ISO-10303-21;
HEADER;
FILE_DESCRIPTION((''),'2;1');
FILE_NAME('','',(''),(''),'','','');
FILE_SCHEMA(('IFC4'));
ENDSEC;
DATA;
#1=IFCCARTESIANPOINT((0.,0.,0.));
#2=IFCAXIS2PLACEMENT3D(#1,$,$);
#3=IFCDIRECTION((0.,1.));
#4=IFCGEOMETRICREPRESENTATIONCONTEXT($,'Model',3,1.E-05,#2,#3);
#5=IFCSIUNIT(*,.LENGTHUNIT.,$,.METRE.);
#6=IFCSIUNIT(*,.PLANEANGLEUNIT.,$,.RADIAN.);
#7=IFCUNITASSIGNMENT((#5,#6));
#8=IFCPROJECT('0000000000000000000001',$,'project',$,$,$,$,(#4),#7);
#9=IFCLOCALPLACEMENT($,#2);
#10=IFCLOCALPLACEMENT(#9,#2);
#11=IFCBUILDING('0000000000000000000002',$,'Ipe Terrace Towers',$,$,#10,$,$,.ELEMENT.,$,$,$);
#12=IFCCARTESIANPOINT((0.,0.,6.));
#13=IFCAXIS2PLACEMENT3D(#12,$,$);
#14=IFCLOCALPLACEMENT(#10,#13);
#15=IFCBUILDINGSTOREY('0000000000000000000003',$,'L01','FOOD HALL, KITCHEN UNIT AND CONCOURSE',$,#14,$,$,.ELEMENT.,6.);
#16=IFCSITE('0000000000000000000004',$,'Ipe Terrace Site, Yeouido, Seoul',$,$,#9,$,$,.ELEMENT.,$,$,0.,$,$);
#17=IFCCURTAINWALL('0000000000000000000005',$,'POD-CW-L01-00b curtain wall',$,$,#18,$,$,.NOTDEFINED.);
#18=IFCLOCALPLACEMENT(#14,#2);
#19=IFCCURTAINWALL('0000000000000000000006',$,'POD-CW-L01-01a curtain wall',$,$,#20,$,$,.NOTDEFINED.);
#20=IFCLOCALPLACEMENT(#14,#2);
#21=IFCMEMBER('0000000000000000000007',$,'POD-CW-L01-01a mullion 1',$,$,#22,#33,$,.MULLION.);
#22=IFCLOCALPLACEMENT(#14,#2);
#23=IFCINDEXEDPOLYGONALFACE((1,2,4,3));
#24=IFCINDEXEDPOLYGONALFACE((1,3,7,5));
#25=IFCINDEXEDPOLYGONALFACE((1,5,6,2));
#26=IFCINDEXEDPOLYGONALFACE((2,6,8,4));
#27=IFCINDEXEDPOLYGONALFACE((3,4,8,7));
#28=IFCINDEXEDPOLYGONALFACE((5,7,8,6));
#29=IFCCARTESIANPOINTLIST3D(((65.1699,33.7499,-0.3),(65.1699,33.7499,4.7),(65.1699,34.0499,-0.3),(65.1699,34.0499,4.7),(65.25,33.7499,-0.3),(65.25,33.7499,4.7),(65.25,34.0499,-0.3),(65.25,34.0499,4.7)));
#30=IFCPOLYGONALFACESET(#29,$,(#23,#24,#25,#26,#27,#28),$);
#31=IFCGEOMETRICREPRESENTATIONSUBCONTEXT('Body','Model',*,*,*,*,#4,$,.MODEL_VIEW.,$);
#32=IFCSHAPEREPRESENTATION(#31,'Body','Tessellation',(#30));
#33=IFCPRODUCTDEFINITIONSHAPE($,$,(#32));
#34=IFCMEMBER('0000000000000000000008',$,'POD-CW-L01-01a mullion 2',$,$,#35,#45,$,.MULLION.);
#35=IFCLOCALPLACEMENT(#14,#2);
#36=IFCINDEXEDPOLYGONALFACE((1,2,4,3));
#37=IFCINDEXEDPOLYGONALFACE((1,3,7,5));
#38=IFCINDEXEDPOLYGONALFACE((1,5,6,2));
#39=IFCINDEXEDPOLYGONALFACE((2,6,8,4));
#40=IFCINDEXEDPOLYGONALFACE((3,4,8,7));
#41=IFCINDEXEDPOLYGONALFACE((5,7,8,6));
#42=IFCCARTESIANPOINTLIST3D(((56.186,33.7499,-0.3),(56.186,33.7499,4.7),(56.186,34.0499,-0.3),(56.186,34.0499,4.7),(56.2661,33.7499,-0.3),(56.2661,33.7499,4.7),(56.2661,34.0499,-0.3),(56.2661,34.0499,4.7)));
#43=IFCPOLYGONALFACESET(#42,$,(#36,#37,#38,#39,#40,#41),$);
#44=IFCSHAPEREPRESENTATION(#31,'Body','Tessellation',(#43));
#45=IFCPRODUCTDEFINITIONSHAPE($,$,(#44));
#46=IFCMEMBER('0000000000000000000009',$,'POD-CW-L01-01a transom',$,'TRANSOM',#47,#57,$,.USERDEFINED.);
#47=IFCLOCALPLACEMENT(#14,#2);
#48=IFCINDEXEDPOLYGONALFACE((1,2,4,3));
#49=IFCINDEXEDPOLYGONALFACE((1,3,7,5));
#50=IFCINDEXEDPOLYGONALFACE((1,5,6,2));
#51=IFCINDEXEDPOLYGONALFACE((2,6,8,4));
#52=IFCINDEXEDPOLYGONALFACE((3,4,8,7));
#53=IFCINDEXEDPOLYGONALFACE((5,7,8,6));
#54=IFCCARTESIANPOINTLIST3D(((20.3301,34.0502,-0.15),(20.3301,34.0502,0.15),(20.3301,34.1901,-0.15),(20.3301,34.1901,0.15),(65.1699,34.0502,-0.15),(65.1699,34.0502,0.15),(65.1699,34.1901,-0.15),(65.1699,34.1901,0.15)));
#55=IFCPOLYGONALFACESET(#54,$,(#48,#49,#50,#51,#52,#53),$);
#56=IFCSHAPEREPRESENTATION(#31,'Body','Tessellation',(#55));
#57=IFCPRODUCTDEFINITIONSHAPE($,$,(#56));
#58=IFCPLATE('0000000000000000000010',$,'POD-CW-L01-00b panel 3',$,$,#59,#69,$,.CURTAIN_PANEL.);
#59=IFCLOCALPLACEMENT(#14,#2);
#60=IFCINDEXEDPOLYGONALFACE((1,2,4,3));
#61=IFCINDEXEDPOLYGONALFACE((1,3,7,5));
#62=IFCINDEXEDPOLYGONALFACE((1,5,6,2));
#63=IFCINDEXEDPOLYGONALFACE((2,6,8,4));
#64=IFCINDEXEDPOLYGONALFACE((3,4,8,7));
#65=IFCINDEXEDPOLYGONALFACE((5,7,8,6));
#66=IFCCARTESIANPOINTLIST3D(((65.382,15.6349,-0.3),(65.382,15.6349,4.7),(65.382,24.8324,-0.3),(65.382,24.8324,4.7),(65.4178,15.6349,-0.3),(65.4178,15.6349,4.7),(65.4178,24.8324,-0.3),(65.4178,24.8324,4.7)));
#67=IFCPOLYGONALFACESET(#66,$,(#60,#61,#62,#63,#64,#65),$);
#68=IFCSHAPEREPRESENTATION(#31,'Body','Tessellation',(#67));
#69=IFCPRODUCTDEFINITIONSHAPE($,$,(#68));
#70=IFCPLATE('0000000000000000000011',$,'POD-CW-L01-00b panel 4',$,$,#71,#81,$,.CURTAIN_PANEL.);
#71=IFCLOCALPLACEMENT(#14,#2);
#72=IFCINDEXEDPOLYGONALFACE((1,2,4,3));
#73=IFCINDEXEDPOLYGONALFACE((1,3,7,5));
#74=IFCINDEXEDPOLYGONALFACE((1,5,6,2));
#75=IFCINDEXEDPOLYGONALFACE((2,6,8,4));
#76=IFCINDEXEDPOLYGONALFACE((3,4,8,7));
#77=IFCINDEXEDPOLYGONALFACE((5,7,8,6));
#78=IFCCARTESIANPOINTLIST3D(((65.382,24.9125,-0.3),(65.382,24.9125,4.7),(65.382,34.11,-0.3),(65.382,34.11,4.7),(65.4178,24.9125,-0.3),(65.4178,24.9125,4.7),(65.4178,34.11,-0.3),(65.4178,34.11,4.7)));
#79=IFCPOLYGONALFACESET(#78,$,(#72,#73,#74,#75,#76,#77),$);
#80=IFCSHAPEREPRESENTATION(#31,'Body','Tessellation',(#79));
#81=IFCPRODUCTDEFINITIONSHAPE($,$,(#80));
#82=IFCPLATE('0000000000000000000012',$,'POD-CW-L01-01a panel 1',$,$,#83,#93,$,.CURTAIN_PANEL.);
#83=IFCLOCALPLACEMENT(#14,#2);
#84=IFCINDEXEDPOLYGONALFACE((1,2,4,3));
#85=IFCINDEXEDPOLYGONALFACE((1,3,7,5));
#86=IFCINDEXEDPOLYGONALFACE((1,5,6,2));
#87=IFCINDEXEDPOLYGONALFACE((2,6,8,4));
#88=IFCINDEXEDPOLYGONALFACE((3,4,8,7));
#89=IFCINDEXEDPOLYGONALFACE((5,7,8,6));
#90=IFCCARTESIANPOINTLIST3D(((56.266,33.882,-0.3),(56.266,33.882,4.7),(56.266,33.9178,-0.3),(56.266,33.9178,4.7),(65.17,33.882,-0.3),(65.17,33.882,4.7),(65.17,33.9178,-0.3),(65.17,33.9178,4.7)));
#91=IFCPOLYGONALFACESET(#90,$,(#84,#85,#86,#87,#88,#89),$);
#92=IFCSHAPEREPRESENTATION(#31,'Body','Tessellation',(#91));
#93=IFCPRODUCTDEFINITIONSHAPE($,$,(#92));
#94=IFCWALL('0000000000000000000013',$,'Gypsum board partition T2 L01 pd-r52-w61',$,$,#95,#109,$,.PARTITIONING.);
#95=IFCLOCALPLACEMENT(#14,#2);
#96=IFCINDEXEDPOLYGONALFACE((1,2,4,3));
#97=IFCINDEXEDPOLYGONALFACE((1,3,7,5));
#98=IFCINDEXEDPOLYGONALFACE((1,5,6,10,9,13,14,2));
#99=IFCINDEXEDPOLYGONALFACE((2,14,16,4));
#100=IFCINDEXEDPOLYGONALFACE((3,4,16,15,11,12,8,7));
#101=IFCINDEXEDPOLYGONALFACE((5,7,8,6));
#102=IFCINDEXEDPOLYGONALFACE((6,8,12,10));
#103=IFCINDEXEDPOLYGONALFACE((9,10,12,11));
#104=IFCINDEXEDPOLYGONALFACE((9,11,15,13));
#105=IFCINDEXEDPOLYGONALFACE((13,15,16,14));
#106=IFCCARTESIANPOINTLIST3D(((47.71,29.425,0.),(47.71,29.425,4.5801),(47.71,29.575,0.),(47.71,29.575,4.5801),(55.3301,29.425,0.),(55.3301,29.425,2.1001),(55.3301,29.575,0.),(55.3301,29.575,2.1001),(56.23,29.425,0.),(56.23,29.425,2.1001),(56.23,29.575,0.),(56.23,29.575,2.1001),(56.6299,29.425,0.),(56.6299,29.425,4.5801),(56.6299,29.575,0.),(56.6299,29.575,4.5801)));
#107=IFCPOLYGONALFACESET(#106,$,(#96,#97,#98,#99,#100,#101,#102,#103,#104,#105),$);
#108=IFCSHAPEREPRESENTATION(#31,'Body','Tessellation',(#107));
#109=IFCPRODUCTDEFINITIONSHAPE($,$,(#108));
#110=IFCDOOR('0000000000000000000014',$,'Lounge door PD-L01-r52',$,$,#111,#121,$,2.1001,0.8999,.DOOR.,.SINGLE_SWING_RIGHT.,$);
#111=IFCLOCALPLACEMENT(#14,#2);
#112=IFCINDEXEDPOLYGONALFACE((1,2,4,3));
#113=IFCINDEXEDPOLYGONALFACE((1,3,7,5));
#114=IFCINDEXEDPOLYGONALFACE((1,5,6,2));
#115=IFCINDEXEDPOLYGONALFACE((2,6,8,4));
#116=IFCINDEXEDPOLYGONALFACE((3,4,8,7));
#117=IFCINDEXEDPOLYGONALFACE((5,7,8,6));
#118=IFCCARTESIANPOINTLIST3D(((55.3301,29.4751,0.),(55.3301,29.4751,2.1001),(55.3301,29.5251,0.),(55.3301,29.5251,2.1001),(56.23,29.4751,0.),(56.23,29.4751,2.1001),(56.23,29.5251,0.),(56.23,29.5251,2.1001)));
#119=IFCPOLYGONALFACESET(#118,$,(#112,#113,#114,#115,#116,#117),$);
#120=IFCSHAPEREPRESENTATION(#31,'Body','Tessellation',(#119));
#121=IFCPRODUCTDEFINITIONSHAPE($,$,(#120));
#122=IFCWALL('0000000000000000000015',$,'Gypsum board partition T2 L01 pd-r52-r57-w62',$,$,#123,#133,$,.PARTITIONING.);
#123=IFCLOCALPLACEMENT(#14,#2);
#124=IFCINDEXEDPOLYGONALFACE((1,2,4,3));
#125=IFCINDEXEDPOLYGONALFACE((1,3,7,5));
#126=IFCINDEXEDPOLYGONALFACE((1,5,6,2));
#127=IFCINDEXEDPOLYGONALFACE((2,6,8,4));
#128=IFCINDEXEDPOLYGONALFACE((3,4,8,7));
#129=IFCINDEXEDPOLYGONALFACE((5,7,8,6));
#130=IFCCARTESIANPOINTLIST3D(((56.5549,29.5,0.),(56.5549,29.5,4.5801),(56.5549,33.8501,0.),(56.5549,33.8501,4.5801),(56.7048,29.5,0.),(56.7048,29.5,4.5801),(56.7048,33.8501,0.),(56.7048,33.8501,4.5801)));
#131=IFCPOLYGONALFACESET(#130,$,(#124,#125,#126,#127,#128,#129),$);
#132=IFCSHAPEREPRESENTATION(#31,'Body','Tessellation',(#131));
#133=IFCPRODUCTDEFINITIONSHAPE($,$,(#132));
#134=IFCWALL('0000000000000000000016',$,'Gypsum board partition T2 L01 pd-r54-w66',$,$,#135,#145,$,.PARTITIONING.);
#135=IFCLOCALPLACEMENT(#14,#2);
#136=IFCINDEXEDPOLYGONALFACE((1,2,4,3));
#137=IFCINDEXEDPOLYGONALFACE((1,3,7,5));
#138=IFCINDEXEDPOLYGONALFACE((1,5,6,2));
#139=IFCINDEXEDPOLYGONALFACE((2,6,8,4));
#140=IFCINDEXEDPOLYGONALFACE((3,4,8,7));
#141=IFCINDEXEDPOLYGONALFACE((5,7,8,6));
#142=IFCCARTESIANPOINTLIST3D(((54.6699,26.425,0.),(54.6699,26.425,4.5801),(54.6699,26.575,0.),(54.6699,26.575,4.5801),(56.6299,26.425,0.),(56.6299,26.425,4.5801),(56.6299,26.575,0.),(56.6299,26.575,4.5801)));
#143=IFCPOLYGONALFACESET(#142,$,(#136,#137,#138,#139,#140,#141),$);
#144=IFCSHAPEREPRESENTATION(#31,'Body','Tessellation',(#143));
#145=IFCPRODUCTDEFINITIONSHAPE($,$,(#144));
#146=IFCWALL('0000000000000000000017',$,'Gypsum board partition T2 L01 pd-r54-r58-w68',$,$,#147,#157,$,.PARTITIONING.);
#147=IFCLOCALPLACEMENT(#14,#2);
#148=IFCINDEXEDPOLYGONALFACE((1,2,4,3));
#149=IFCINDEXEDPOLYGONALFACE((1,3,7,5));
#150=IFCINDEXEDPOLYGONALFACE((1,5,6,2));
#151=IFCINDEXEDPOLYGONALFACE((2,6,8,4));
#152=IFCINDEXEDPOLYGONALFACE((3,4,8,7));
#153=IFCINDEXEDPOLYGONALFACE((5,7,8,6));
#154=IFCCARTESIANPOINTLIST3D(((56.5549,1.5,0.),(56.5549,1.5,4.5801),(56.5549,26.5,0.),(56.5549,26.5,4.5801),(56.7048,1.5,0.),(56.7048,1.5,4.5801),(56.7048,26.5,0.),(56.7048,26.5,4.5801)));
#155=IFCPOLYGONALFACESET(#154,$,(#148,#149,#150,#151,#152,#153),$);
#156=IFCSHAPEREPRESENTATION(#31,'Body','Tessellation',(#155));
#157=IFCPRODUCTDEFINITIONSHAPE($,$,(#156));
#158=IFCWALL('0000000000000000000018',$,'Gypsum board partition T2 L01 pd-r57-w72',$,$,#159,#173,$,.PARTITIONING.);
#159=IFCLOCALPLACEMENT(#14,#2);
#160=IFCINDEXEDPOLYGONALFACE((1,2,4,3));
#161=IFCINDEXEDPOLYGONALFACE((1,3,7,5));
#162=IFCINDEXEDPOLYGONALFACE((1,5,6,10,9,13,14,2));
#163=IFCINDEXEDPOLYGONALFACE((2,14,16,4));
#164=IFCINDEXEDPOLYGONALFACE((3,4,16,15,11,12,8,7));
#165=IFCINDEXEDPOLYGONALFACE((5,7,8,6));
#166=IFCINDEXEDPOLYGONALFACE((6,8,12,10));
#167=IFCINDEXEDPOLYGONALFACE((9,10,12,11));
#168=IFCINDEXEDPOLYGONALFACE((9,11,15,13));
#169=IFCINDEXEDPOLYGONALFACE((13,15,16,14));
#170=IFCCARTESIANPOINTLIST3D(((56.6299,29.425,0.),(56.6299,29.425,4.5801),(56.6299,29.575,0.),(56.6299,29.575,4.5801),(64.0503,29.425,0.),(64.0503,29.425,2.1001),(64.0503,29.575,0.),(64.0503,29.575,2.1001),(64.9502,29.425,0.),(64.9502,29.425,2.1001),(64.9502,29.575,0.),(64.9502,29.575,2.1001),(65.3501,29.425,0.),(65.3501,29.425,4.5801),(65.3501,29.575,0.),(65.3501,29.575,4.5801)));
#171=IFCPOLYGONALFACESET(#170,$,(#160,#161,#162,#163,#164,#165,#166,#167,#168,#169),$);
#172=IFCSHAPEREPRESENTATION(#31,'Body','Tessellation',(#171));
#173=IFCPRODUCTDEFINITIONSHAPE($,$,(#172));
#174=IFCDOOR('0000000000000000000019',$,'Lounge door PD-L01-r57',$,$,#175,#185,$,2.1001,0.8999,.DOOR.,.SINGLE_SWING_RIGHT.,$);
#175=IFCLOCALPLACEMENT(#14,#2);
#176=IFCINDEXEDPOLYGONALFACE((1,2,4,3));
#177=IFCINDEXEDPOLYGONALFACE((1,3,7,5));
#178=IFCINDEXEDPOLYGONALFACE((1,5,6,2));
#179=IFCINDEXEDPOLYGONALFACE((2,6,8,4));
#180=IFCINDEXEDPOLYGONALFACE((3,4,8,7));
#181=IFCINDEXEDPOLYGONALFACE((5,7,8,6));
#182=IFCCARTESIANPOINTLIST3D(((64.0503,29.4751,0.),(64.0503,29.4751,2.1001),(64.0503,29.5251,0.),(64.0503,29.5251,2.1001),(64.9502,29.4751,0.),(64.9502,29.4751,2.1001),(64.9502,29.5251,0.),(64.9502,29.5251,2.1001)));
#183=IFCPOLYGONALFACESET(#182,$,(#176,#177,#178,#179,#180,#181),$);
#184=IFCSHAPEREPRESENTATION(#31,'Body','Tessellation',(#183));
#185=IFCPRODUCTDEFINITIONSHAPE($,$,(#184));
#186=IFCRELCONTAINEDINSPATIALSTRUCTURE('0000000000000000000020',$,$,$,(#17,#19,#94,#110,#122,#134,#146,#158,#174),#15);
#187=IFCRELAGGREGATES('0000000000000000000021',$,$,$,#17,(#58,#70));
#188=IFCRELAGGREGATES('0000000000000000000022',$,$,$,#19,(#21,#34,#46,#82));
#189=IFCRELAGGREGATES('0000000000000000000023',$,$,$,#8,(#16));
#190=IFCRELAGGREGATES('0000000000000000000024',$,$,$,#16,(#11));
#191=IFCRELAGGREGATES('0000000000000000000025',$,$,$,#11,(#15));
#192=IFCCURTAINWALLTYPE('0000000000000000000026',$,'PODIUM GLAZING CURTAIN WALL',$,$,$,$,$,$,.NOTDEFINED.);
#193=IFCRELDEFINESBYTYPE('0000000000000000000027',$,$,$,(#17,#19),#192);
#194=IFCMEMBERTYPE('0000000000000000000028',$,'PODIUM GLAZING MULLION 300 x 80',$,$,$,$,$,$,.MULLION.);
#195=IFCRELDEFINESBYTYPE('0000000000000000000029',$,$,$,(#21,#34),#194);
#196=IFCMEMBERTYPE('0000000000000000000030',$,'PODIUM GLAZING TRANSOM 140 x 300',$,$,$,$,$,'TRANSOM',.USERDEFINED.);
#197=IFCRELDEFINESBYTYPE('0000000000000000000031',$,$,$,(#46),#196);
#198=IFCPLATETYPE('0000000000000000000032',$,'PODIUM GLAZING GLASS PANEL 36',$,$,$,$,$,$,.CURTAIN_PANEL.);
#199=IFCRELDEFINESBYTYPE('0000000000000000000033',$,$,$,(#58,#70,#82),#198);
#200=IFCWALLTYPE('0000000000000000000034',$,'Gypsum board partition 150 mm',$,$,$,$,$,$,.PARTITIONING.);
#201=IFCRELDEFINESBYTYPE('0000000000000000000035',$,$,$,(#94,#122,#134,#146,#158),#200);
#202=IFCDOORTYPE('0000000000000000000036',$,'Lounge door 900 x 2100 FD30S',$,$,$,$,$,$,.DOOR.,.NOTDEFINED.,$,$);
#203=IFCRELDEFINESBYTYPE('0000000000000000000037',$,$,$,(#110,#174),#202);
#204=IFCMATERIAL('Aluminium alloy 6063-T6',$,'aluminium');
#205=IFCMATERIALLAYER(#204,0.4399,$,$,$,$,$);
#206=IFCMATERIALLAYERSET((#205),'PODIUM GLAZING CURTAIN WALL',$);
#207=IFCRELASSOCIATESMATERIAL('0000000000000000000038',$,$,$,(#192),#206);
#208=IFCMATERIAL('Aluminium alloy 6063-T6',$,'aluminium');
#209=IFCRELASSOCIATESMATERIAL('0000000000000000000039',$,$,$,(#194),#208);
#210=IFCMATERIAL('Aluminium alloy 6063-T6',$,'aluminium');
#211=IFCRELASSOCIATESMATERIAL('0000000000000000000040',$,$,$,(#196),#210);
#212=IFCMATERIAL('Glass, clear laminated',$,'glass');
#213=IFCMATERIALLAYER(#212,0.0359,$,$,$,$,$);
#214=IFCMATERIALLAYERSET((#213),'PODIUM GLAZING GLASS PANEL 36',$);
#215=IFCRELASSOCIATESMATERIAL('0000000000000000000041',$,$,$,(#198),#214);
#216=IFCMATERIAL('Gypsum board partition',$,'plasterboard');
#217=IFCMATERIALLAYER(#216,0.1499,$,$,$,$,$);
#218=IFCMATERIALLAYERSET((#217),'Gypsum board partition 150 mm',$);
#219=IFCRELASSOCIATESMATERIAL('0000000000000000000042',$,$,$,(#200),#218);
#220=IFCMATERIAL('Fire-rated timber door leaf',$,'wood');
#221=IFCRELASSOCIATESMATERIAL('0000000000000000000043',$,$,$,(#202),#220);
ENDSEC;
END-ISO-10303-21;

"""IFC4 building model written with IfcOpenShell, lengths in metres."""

from ifc_helpers import new_model, si_unit, direction, frame, frame_2d, origin, origin_2d, place, context, subcontext, project, spatial, rectangle, extrude, material, layer, layer_set, material_profile, profile_set, type_object, element, fill, aggregate, save


model = new_model("IFC4")

# Units and contexts
model_context = context("Model", 3, precision=1e-05, world=origin(), true_north=direction((0.0, 1.0)))
body_context = subcontext(model_context, "Body", "Model", "MODEL_VIEW")
ifc_project = project(units=[si_unit("LENGTHUNIT", "METRE"), si_unit("PLANEANGLEUNIT", "RADIAN")], contexts=[model_context])

# Site, building, storey
site_placement = place(None, origin())
site = spatial("IfcSite", under=ifc_project, at=site_placement, Name="Ipe Terrace Site, Yeouido, Seoul", CompositionType="ELEMENT", RefElevation=0.0)
building_placement = place(site_placement, origin())
building = spatial("IfcBuilding", under=site, at=building_placement, Name="Ipe Terrace Towers", CompositionType="ELEMENT")
storey_placement = place(building_placement, frame((0.0, 0.0, 6.0)))
storey = spatial("IfcBuildingStorey", under=building, at=storey_placement, Name="L01", Description="FOOD HALL, KITCHEN UNIT AND CONCOURSE", CompositionType="ELEMENT", Elevation=6.0)

# Curtain walls, members
ifc_material_1 = material(Name="Aluminium alloy 6063-T6", Category="aluminium")
ifc_layer_1 = layer(ifc_material_1, 0.4399)
ifc_layer_set_1 = layer_set([ifc_layer_1], Name="PODIUM GLAZING CURTAIN WALL")
curtain_wall_type = type_object("IfcCurtainWallType", Name="PODIUM GLAZING CURTAIN WALL", PredefinedType="NOTDEFINED", material=ifc_layer_set_1)
curtain_wall_1_placement = place(storey_placement, origin())
curtain_wall_1 = element("IfcCurtainWall", 1, at=curtain_wall_1_placement, inside=storey, type_object=curtain_wall_type, Name="POD-CW-L01-00b curtain wall", PredefinedType="NOTDEFINED")
ifc_material_2 = material(Name="Aluminium alloy 6063-T6", Category="aluminium")
ifc_material_profile_1 = material_profile(ifc_material_2, rectangle(XDim=0.3, YDim=0.0801, at=origin_2d()), Name="PODIUM GLAZING MULLION 300 x 80")
ifc_profile_set_1 = profile_set([ifc_material_profile_1], Name="Aluminium alloy 6063-T6")
member_type_1 = type_object("IfcMemberType", Name="PODIUM GLAZING MULLION 300 x 80", PredefinedType="MULLION", material=ifc_profile_set_1)
curtain_wall_2_placement = place(storey_placement, origin())
curtain_wall_2 = element("IfcCurtainWall", 2, at=curtain_wall_2_placement, inside=storey, type_object=curtain_wall_type, Name="POD-CW-L01-01a curtain wall", PredefinedType="NOTDEFINED")
member_1_placement = place(storey_placement, frame((65.21, 33.8999, -0.3), z_axis=(0.0, 0.0, 1.0), x_axis=(0.0, 1.0, 0.0)))
member_1 = element("IfcMember", 3, at=member_1_placement, type_object=member_type_1, Name="POD-CW-L01-01a mullion 1", PredefinedType="MULLION", context=body_context, shape_type="SweptSolid", body=[
    extrude(rectangle(XDim=0.3, YDim=0.0801, at=origin_2d()), origin(), (0.0, 0.0, 1.0), 5.0),
])
member_2_placement = place(storey_placement, frame((56.2261, 33.8999, -0.3), z_axis=(0.0, 0.0, 1.0), x_axis=(0.0, 1.0, 0.0)))
member_2 = element("IfcMember", 4, at=member_2_placement, type_object=member_type_1, Name="POD-CW-L01-01a mullion 2", PredefinedType="MULLION", context=body_context, shape_type="SweptSolid", body=[
    extrude(rectangle(XDim=0.3, YDim=0.0801, at=origin_2d()), origin(), (0.0, 0.0, 1.0), 5.0),
])
ifc_material_3 = material(Name="Aluminium alloy 6063-T6", Category="aluminium")
ifc_material_profile_2 = material_profile(ifc_material_3, rectangle(XDim=0.1399, YDim=0.3, at=origin_2d()), Name="PODIUM GLAZING TRANSOM 140 x 300")
ifc_profile_set_2 = profile_set([ifc_material_profile_2], Name="Aluminium alloy 6063-T6")
member_type_2 = type_object("IfcMemberType", Name="PODIUM GLAZING TRANSOM 140 x 300", ElementType="TRANSOM", PredefinedType="USERDEFINED", material=ifc_profile_set_2)
member_3_placement = place(storey_placement, frame((65.1699, 34.1201, 0.0), z_axis=(-1.0, 0.0, 0.0), x_axis=(0.0, 1.0, 0.0)))
member_3 = element("IfcMember", 5, at=member_3_placement, type_object=member_type_2, Name="POD-CW-L01-01a transom", ObjectType="TRANSOM", PredefinedType="USERDEFINED", context=body_context, shape_type="SweptSolid", body=[
    extrude(rectangle(XDim=0.1399, YDim=0.3, at=origin_2d()), origin(), (0.0, 0.0, 1.0), 44.8398),
])

# Plates
ifc_material_4 = material(Name="Glass, clear laminated", Category="glass")
ifc_layer_2 = layer(ifc_material_4, 0.0359)
ifc_layer_set_2 = layer_set([ifc_layer_2], Name="PODIUM GLAZING GLASS PANEL 36")
plate_type = type_object("IfcPlateType", Name="PODIUM GLAZING GLASS PANEL 36", PredefinedType="CURTAIN_PANEL", material=ifc_layer_set_2)
plate_1_placement = place(storey_placement, frame((65.3999, 20.2336, -0.3), z_axis=(0.0, 0.0, 1.0), x_axis=(0.0, 1.0, 0.0)))
plate_1 = element("IfcPlate", 6, at=plate_1_placement, type_object=plate_type, Name="POD-CW-L01-00b panel 3", PredefinedType="CURTAIN_PANEL", context=body_context, shape_type="SweptSolid", body=[
    extrude(rectangle(XDim=9.1975, YDim=0.0359, at=origin_2d()), origin(), (0.0, 0.0, 1.0), 5.0),
])
plate_2_placement = place(storey_placement, frame((65.3999, 29.5112, -0.3), z_axis=(0.0, 0.0, 1.0), x_axis=(0.0, 1.0, 0.0)))
plate_2 = element("IfcPlate", 7, at=plate_2_placement, type_object=plate_type, Name="POD-CW-L01-00b panel 4", PredefinedType="CURTAIN_PANEL", context=body_context, shape_type="SweptSolid", body=[
    extrude(rectangle(XDim=9.1975, YDim=0.0359, at=origin_2d()), origin(), (0.0, 0.0, 1.0), 5.0),
])
aggregate(curtain_wall_1, [plate_1, plate_2])
plate_3_placement = place(storey_placement, frame((60.718, 33.8999, -0.3), z_axis=(0.0, 0.0, 1.0), x_axis=(-1.0, 0.0, 0.0)))
plate_3 = element("IfcPlate", 8, at=plate_3_placement, type_object=plate_type, Name="POD-CW-L01-01a panel 1", PredefinedType="CURTAIN_PANEL", context=body_context, shape_type="SweptSolid", body=[
    extrude(rectangle(XDim=8.9041, YDim=0.0359, at=origin_2d()), origin(), (0.0, 0.0, 1.0), 5.0),
])
aggregate(curtain_wall_2, [member_1, member_2, member_3, plate_3])

# Wall, opening, door
ifc_material_5 = material(Name="Gypsum board partition", Category="plasterboard")
ifc_layer_3 = layer(ifc_material_5, 0.1499)
ifc_layer_set_3 = layer_set([ifc_layer_3], Name="Gypsum board partition 150 mm")
wall_type_1 = type_object("IfcWallType", Name="Gypsum board partition 150 mm", PredefinedType="PARTITIONING", material=ifc_layer_set_3)
wall_1_placement = place(storey_placement, frame((56.6299, 29.5, 0.0), z_axis=(0.0, 0.0, 1.0), x_axis=(-1.0, 0.0, 0.0)))
wall_1 = element("IfcWall", 9, at=wall_1_placement, inside=storey, type_object=wall_type_1, Name="Gypsum board partition T2 L01 pd-r52-w61", PredefinedType="PARTITIONING", context=body_context, shape_type="SweptSolid", body=[
    extrude(rectangle(XDim=8.9199, YDim=0.1499, at=frame_2d((4.46, 0.0))), origin(), (0.0, 0.0, 1.0), 4.5801),
])
opening_1_placement = place(wall_1_placement, frame((0.3999, 0.0, 0.0)))
opening_1 = element("IfcOpeningElement", 10, at=opening_1_placement, cuts=wall_1, PredefinedType="OPENING", context=body_context, shape_type="SweptSolid", body=[
    extrude(rectangle(XDim=0.8999, YDim=2.1001, at=frame_2d((0.45, 1.05))), frame((0.0, 0.085, 0.0), z_axis=(0.0, -1.0, 0.0), x_axis=(1.0, 0.0, 0.0)), (0.0, 0.0, 1.0), 0.1699),
])
ifc_material_6 = material(Name="Fire-rated timber door leaf", Category="wood")
door_type_1 = type_object("IfcDoorType", Name="Lounge door 900 x 2100 FD30S", OperationType="NOTDEFINED", PredefinedType="DOOR", material=ifc_material_6)
door_1_placement = place(opening_1_placement, origin())
door_1 = element("IfcDoor", 11, at=door_1_placement, inside=storey, type_object=door_type_1, Name="Lounge door PD-L01-r52", OperationType="SINGLE_SWING_RIGHT", OverallHeight=2.1001, OverallWidth=0.8999, PredefinedType="DOOR", context=body_context, shape_type="SweptSolid", body=[
    extrude(rectangle(XDim=0.8999, YDim=2.1001, at=frame_2d((0.45, 1.05))), frame((0.0, 0.0249, 0.0), z_axis=(0.0, -1.0, 0.0), x_axis=(1.0, 0.0, 0.0)), (0.0, 0.0, 1.0), 0.05),
])
fill(opening_1, door_1)

# Walls
wall_2_placement = place(storey_placement, frame((56.6299, 33.8501, 0.0), z_axis=(0.0, 0.0, 1.0), x_axis=(0.0, -1.0, 0.0)))
element("IfcWall", 12, at=wall_2_placement, inside=storey, type_object=wall_type_1, Name="Gypsum board partition T2 L01 pd-r52-r57-w62", PredefinedType="PARTITIONING", context=body_context, shape_type="SweptSolid", body=[
    extrude(rectangle(XDim=4.3501, YDim=0.1499, at=frame_2d((2.175, 0.0))), origin(), (0.0, 0.0, 1.0), 4.5801),
])
wall_3_placement = place(storey_placement, frame((54.6699, 26.5, 0.0), z_axis=(0.0, 0.0, 1.0), x_axis=(1.0, 0.0, 0.0)))
element("IfcWall", 13, at=wall_3_placement, inside=storey, type_object=wall_type_1, Name="Gypsum board partition T2 L01 pd-r54-w66", PredefinedType="PARTITIONING", context=body_context, shape_type="SweptSolid", body=[
    extrude(rectangle(XDim=1.96, YDim=0.1499, at=frame_2d((0.98, 0.0))), origin(), (0.0, 0.0, 1.0), 4.5801),
])
wall_4_placement = place(storey_placement, frame((56.6299, 26.5, 0.0), z_axis=(0.0, 0.0, 1.0), x_axis=(0.0, -1.0, 0.0)))
element("IfcWall", 14, at=wall_4_placement, inside=storey, type_object=wall_type_1, Name="Gypsum board partition T2 L01 pd-r54-r58-w68", PredefinedType="PARTITIONING", context=body_context, shape_type="SweptSolid", body=[
    extrude(rectangle(XDim=25.0, YDim=0.1499, at=frame_2d((12.5, 0.0))), origin(), (0.0, 0.0, 1.0), 4.5801),
])

# Wall, opening, door
wall_5_placement = place(storey_placement, frame((65.3501, 29.5, 0.0), z_axis=(0.0, 0.0, 1.0), x_axis=(-1.0, 0.0, 0.0)))
wall_5 = element("IfcWall", 15, at=wall_5_placement, inside=storey, type_object=wall_type_1, Name="Gypsum board partition T2 L01 pd-r57-w72", PredefinedType="PARTITIONING", context=body_context, shape_type="SweptSolid", body=[
    extrude(rectangle(XDim=8.7202, YDim=0.1499, at=frame_2d((4.3601, 0.0))), origin(), (0.0, 0.0, 1.0), 4.5801),
])
opening_2_placement = place(wall_5_placement, frame((0.3999, 0.0, 0.0)))
opening_2 = element("IfcOpeningElement", 16, at=opening_2_placement, cuts=wall_5, PredefinedType="OPENING", context=body_context, shape_type="SweptSolid", body=[
    extrude(rectangle(XDim=0.8999, YDim=2.1001, at=frame_2d((0.45, 1.05))), frame((0.0, 0.085, 0.0), z_axis=(0.0, -1.0, 0.0), x_axis=(1.0, 0.0, 0.0)), (0.0, 0.0, 1.0), 0.1699),
])
door_2_placement = place(opening_2_placement, origin())
door_2 = element("IfcDoor", 17, at=door_2_placement, inside=storey, type_object=door_type_1, Name="Lounge door PD-L01-r57", OperationType="SINGLE_SWING_RIGHT", OverallHeight=2.1001, OverallWidth=0.8999, PredefinedType="DOOR", context=body_context, shape_type="SweptSolid", body=[
    extrude(rectangle(XDim=0.8999, YDim=2.1001, at=frame_2d((0.45, 1.05))), frame((0.0, 0.0249, 0.0), z_axis=(0.0, -1.0, 0.0), x_axis=(1.0, 0.0, 0.0)), (0.0, 0.0, 1.0), 0.05),
])
fill(opening_2, door_2)

save(model, "model.ifc")
